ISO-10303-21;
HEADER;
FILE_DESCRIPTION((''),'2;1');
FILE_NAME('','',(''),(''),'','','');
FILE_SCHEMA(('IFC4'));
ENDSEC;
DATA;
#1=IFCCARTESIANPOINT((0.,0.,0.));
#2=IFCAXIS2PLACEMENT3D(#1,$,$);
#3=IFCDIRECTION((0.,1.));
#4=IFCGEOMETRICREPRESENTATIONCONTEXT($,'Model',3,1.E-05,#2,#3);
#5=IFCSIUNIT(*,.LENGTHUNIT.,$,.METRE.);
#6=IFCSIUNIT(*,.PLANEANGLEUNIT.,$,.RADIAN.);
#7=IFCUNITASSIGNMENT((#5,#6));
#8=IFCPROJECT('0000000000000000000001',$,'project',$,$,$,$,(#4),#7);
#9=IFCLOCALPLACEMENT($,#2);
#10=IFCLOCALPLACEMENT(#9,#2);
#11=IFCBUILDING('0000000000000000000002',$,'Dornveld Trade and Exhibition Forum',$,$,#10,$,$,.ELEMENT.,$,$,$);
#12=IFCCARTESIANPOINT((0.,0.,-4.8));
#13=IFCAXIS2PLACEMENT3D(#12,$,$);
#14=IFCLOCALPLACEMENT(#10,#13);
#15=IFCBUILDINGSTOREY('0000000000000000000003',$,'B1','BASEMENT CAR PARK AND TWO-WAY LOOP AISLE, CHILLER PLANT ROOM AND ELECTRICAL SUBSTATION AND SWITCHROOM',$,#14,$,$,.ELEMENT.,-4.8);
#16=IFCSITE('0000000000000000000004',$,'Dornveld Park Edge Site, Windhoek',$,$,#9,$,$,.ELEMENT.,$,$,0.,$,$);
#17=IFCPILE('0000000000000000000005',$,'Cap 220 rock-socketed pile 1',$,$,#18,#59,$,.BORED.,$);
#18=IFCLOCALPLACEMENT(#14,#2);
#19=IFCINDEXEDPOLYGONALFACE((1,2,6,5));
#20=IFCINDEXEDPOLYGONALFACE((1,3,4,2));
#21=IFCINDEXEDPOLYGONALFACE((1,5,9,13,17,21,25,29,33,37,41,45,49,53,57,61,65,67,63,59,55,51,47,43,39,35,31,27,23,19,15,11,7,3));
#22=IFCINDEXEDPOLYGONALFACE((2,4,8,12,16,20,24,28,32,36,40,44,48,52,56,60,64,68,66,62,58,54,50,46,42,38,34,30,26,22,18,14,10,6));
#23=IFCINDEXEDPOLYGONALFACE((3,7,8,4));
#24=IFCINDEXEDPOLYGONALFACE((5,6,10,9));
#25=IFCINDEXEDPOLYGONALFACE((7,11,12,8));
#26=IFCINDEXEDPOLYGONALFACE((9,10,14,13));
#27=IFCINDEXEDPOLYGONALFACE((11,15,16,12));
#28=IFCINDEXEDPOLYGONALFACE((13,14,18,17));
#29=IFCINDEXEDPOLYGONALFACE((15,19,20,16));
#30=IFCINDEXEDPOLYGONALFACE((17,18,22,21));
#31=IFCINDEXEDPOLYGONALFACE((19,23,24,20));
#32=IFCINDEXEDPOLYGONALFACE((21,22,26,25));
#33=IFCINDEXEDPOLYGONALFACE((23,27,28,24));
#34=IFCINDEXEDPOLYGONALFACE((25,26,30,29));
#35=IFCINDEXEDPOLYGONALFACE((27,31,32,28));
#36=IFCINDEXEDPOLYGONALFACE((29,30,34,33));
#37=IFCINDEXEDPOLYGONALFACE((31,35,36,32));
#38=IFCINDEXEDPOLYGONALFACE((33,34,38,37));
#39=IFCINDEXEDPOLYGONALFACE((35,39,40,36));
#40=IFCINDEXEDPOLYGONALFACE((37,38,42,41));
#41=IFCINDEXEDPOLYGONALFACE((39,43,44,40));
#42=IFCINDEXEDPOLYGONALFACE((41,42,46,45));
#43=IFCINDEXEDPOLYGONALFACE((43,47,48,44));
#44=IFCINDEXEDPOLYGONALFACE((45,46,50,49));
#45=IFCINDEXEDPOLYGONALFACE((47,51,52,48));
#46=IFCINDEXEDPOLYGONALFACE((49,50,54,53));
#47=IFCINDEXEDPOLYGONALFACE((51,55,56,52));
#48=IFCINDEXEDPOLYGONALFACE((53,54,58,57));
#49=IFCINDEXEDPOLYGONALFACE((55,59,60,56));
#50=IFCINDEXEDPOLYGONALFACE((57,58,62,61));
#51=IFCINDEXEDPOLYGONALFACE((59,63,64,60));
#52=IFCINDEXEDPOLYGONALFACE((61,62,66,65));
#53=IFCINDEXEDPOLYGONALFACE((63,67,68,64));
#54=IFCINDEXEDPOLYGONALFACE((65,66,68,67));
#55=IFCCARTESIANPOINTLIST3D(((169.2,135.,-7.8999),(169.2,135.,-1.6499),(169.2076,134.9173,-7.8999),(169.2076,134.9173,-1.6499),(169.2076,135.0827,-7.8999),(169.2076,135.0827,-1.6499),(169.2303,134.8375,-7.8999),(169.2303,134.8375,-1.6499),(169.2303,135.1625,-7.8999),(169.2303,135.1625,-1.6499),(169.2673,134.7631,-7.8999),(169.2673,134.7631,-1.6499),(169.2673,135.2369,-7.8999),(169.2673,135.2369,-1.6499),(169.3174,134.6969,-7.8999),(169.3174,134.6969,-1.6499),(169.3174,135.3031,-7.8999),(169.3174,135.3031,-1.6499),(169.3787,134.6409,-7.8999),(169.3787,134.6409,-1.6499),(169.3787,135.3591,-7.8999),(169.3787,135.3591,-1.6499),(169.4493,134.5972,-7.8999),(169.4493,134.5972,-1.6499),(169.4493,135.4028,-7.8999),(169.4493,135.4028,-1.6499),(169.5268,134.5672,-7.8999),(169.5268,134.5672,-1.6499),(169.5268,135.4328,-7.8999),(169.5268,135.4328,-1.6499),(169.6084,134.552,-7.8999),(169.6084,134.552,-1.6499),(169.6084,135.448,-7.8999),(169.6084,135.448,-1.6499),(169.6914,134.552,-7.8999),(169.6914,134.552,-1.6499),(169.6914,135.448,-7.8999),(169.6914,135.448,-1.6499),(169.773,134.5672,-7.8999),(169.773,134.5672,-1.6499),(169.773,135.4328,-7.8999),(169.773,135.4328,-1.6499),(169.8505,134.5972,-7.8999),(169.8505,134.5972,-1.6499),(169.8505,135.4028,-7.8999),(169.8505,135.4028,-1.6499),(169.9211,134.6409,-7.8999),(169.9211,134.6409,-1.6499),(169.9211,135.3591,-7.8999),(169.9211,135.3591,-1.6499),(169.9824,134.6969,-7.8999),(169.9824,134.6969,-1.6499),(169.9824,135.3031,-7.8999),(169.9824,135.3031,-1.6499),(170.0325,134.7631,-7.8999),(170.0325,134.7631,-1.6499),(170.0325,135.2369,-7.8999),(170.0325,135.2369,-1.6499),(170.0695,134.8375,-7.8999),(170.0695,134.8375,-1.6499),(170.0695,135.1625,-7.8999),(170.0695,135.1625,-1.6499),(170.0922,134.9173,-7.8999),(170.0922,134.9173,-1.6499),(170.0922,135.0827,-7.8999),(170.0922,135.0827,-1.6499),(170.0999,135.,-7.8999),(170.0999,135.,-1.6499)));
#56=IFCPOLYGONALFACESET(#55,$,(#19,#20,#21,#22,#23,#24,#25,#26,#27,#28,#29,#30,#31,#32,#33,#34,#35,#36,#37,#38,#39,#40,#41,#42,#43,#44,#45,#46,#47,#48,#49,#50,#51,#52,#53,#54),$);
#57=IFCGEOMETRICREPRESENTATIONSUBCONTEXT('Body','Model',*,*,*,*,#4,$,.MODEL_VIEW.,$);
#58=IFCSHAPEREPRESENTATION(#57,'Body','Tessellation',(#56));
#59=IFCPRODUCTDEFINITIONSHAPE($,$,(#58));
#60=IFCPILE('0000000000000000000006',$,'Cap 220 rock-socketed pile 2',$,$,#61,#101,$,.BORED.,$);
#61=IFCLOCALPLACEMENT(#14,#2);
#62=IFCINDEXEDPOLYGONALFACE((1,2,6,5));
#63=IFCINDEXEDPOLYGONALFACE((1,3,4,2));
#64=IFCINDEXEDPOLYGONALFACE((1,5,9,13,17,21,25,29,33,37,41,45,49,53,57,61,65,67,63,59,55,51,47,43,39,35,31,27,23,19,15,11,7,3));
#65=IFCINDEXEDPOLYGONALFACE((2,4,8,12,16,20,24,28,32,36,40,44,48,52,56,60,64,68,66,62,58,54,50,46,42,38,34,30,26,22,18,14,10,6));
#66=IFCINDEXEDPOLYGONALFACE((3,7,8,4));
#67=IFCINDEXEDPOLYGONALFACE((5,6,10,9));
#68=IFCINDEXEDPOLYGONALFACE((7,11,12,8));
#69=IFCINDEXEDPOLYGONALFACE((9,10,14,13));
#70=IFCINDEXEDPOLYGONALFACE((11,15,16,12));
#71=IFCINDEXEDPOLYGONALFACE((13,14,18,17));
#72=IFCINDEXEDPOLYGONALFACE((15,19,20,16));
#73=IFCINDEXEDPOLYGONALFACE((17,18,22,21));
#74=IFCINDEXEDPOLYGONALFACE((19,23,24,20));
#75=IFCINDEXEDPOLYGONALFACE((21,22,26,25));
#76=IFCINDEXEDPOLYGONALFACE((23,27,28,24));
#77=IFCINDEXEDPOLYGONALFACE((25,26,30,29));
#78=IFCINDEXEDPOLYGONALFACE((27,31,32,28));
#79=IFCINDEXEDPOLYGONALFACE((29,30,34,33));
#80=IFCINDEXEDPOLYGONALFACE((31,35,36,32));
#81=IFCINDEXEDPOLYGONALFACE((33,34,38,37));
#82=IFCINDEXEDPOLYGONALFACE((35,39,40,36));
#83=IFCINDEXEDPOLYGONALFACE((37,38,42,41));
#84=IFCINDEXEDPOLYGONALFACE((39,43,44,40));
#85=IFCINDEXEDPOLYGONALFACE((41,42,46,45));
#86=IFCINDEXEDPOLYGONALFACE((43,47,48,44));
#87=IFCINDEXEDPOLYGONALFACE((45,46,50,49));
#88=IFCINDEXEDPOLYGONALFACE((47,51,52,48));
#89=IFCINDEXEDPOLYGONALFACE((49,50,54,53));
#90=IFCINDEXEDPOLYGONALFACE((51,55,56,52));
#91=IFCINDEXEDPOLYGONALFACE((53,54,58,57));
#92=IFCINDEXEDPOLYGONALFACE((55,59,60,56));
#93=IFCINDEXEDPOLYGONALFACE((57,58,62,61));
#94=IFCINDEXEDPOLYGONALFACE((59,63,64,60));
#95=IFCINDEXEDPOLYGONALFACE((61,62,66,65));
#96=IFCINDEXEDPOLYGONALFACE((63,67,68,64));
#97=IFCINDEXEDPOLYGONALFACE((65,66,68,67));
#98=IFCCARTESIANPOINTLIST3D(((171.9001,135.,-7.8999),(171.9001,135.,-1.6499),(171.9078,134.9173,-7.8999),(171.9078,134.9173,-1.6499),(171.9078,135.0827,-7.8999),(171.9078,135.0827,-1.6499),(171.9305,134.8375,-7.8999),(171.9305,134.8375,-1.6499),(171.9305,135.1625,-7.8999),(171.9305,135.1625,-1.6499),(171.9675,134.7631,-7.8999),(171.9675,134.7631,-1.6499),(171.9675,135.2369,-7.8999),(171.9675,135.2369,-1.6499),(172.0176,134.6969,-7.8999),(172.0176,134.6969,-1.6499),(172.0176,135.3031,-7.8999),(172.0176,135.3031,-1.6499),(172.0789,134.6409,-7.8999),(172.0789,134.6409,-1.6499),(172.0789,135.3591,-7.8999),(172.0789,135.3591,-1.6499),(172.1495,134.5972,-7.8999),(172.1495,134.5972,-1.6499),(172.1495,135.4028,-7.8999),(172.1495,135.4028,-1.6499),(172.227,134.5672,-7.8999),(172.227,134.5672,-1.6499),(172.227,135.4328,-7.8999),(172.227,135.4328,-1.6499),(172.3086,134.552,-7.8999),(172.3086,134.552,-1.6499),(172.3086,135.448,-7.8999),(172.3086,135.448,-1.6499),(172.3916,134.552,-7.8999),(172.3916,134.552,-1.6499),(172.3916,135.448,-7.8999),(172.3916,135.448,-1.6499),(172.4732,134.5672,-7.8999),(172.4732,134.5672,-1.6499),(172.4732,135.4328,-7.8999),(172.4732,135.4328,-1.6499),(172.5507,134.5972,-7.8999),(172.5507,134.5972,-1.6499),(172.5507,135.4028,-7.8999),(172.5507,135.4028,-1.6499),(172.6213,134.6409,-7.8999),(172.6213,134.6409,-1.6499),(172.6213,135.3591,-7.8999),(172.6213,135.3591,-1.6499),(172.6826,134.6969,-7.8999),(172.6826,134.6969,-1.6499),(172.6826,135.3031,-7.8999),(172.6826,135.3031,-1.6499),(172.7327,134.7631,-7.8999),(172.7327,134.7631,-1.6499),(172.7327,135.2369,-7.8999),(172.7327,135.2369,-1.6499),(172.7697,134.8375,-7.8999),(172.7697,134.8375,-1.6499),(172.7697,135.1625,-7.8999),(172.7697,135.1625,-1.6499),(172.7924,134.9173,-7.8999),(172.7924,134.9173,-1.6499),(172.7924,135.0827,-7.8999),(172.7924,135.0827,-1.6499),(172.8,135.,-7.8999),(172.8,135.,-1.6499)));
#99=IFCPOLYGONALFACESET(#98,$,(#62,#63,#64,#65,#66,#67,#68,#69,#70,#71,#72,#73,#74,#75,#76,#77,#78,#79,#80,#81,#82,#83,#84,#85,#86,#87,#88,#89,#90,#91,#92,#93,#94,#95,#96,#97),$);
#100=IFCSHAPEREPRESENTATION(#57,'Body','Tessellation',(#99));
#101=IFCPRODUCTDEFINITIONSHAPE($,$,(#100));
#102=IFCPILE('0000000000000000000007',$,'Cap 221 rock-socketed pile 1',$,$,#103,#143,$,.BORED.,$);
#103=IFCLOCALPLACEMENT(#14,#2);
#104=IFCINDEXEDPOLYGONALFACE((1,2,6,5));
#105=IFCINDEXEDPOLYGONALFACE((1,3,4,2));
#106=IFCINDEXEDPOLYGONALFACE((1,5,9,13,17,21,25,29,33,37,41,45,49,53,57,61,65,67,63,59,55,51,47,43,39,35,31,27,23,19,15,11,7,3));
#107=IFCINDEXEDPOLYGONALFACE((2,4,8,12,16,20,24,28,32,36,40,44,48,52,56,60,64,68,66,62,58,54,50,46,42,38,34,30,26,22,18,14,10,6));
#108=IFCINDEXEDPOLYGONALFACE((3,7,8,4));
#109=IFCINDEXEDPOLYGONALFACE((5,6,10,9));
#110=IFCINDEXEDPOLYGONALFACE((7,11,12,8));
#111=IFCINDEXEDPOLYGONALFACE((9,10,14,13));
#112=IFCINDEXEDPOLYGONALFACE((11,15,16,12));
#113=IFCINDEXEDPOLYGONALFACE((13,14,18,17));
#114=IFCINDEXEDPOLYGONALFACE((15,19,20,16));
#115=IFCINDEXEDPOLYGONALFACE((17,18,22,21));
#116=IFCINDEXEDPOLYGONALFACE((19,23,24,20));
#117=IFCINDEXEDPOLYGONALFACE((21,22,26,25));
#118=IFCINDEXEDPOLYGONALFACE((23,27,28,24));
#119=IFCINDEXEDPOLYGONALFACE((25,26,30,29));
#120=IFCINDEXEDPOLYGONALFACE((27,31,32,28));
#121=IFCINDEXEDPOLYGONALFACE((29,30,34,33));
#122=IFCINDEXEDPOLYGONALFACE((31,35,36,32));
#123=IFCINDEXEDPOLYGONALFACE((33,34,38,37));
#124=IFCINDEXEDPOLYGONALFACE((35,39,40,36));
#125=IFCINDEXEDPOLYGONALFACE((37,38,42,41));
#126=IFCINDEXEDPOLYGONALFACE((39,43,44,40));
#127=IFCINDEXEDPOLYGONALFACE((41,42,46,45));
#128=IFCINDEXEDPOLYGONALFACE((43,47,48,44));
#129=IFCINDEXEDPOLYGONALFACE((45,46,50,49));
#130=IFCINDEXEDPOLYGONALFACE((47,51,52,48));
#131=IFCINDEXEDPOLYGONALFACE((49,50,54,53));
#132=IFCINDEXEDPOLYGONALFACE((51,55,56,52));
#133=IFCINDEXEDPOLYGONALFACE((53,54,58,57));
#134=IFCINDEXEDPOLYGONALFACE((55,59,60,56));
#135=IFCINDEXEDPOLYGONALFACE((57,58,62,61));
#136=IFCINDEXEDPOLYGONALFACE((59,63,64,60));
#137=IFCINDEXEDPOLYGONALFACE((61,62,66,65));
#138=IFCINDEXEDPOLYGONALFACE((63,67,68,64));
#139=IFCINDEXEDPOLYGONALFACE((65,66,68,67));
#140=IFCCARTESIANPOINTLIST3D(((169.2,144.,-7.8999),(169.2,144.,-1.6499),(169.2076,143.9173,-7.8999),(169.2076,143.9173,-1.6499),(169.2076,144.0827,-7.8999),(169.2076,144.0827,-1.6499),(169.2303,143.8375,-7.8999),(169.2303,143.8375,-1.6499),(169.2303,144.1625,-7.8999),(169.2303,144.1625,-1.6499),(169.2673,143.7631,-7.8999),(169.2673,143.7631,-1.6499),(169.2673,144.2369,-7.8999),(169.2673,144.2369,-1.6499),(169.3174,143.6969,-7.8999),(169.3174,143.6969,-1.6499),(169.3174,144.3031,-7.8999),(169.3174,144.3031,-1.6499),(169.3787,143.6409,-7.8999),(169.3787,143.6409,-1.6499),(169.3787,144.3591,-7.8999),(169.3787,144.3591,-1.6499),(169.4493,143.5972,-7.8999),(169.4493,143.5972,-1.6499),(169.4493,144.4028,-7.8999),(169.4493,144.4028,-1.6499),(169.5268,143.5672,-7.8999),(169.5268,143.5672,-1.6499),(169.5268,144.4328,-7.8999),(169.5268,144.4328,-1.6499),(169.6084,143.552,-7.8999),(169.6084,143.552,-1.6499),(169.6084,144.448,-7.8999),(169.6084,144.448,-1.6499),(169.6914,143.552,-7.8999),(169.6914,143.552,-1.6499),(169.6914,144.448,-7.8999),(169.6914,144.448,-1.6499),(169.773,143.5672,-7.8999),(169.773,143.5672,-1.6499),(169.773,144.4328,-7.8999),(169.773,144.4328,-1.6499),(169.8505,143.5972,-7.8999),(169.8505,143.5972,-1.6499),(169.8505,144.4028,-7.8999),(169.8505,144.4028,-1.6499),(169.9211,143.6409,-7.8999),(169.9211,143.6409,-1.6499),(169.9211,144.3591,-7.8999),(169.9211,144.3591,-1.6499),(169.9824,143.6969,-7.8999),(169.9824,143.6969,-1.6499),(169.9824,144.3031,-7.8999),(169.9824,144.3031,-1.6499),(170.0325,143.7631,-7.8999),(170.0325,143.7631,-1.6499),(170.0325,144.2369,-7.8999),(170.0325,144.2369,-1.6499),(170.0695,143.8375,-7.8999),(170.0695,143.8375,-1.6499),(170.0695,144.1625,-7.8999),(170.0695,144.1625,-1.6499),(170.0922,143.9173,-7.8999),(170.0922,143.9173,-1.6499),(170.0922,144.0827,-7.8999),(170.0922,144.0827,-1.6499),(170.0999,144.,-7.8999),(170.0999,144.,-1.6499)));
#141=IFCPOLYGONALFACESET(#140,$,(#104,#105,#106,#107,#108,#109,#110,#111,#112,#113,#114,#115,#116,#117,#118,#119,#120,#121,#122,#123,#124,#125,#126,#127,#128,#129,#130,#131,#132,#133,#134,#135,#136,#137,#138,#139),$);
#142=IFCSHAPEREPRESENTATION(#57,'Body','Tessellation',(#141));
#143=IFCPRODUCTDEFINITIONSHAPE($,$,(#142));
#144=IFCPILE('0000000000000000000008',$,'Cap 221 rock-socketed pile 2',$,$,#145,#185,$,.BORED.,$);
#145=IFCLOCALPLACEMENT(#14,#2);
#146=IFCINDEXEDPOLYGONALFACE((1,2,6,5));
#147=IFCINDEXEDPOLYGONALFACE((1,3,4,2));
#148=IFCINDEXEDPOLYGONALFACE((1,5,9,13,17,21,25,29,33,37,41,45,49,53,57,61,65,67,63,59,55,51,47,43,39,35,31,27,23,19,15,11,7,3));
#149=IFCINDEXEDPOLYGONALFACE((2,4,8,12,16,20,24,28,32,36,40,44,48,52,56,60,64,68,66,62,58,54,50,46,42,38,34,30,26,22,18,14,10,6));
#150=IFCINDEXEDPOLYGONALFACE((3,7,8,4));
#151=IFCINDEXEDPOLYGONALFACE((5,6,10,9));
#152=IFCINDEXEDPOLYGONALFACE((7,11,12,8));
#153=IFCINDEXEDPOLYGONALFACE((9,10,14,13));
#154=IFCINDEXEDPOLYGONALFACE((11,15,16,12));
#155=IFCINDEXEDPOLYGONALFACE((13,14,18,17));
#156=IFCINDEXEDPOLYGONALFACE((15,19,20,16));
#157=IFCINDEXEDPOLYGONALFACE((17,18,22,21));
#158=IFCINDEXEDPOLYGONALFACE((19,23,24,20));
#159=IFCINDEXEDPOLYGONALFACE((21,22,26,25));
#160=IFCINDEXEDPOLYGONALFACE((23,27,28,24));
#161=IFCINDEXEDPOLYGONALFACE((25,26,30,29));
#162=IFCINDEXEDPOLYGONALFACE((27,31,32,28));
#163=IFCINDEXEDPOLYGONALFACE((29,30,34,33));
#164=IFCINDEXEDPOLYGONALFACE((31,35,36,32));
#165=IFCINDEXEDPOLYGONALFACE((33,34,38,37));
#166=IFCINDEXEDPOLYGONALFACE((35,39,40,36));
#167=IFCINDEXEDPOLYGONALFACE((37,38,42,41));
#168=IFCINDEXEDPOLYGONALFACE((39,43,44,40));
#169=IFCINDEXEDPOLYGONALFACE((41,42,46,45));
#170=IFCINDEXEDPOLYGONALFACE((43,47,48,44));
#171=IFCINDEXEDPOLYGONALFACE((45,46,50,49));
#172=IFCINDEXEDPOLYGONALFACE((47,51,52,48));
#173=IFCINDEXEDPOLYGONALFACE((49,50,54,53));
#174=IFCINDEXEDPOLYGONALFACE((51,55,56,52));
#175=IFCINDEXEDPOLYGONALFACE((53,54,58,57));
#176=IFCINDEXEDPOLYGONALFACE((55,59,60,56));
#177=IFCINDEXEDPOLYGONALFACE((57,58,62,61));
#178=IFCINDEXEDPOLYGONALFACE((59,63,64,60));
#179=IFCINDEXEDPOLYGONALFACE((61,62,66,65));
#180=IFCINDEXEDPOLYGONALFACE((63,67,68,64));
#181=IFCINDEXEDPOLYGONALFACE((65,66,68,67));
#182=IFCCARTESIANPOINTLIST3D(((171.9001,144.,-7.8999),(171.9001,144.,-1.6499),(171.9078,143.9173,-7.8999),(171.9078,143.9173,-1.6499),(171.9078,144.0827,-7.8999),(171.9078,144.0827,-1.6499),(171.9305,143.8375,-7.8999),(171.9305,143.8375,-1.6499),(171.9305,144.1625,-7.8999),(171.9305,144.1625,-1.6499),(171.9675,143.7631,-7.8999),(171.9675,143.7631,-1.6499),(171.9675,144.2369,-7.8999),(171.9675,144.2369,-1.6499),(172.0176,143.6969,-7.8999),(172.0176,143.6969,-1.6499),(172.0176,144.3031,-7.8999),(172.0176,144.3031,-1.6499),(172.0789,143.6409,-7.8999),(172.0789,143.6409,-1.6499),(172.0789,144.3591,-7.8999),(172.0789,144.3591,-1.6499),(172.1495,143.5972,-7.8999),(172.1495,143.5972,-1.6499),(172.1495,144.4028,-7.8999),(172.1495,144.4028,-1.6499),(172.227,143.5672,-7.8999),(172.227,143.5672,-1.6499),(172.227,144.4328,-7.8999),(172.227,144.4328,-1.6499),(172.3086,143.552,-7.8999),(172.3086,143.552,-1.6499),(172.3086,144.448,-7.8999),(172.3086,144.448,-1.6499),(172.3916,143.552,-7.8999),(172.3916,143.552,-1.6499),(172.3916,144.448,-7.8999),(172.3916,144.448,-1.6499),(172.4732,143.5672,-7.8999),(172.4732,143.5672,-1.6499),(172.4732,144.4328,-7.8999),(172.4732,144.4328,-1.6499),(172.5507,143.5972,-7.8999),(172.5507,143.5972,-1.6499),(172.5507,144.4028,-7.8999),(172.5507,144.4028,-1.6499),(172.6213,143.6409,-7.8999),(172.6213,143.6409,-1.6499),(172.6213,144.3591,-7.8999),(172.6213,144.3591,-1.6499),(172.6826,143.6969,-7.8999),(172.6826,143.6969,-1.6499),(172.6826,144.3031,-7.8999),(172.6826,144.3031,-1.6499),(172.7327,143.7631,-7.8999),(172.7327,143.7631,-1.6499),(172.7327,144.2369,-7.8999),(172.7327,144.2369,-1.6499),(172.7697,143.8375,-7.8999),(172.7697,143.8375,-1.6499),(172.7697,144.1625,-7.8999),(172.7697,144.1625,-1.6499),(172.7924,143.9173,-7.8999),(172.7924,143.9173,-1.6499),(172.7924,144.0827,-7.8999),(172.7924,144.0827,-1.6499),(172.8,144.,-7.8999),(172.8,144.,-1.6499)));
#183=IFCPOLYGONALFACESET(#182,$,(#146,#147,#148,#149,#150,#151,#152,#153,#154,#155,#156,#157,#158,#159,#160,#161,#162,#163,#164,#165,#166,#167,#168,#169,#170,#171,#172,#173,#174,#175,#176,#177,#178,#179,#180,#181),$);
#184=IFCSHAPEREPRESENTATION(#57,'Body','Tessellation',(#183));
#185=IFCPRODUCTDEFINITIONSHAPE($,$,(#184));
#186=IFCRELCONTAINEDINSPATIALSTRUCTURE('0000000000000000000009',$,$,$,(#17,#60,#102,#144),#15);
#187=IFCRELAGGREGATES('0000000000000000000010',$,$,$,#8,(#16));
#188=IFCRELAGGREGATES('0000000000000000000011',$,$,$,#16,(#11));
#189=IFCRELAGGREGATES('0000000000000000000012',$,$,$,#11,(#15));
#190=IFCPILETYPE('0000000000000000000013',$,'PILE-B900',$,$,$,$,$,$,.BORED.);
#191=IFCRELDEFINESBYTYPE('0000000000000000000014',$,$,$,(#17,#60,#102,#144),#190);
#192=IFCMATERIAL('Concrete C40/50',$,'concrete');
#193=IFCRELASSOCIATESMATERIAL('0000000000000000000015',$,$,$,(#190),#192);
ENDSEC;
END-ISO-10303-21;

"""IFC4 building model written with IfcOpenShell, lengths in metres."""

from ifc_helpers import new_model, si_unit, direction, frame, origin, origin_2d, place, context, subcontext, project, spatial, circle, extrude, material, material_profile, profile_set, type_object, element, save


model = new_model("IFC4")

# Units and contexts
model_context = context("Model", 3, precision=1e-05, world=origin(), true_north=direction((0.0, 1.0)))
body_context = subcontext(model_context, "Body", "Model", "MODEL_VIEW")
ifc_project = project(units=[si_unit("LENGTHUNIT", "METRE"), si_unit("PLANEANGLEUNIT", "RADIAN")], contexts=[model_context])

# Site, building, storey
site_placement = place(None, origin())
site = spatial("IfcSite", under=ifc_project, at=site_placement, Name="Dornveld Park Edge Site, Windhoek", CompositionType="ELEMENT", RefElevation=0.0)
building_placement = place(site_placement, origin())
building = spatial("IfcBuilding", under=site, at=building_placement, Name="Dornveld Trade and Exhibition Forum", CompositionType="ELEMENT")
storey_placement = place(building_placement, frame((0.0, 0.0, -4.8)))
storey = spatial("IfcBuildingStorey", under=building, at=storey_placement, Name="B1", Description="BASEMENT CAR PARK AND TWO-WAY LOOP AISLE, CHILLER PLANT ROOM AND ELECTRICAL SUBSTATION AND SWITCHROOM", CompositionType="ELEMENT", Elevation=-4.8)

# Piles
ifc_material_1 = material(Name="Concrete C40/50", Category="concrete")
ifc_material_profile_1 = material_profile(ifc_material_1, circle(Radius=0.45, at=origin_2d()), Name="PILE D900")
ifc_profile_set_1 = profile_set([ifc_material_profile_1], Name="Concrete C40/50")
pile_type = type_object("IfcPileType", Name="PILE-B900", PredefinedType="BORED", material=ifc_profile_set_1)
for number, where, z_axis, x_axis, name in (
    (1, (169.6499, 135.0, -1.6499), (0.0, 0.0, -1.0), (1.0, 0.0, 0.0), "Cap 220 rock-socketed pile 1"),
    (2, (172.3501, 135.0, -1.6499), (0.0, 0.0, -1.0), (1.0, 0.0, 0.0), "Cap 220 rock-socketed pile 2"),
    (3, (169.6499, 144.0, -1.6499), (0.0, 0.0, -1.0), (1.0, 0.0, 0.0), "Cap 221 rock-socketed pile 1"),
    (4, (172.3501, 144.0, -1.6499), (0.0, 0.0, -1.0), (1.0, 0.0, 0.0), "Cap 221 rock-socketed pile 2"),
):
    element("IfcPile", number, at=place(storey_placement, frame(where, z_axis=z_axis, x_axis=x_axis)), inside=storey, type_object=pile_type, Name=name, PredefinedType="BORED", context=body_context, shape_type="SweptSolid", body=[
        extrude(circle(Radius=0.45, at=origin_2d()), origin(), (0.0, 0.0, 1.0), 6.25),
    ])

save(model, "model.ifc")
